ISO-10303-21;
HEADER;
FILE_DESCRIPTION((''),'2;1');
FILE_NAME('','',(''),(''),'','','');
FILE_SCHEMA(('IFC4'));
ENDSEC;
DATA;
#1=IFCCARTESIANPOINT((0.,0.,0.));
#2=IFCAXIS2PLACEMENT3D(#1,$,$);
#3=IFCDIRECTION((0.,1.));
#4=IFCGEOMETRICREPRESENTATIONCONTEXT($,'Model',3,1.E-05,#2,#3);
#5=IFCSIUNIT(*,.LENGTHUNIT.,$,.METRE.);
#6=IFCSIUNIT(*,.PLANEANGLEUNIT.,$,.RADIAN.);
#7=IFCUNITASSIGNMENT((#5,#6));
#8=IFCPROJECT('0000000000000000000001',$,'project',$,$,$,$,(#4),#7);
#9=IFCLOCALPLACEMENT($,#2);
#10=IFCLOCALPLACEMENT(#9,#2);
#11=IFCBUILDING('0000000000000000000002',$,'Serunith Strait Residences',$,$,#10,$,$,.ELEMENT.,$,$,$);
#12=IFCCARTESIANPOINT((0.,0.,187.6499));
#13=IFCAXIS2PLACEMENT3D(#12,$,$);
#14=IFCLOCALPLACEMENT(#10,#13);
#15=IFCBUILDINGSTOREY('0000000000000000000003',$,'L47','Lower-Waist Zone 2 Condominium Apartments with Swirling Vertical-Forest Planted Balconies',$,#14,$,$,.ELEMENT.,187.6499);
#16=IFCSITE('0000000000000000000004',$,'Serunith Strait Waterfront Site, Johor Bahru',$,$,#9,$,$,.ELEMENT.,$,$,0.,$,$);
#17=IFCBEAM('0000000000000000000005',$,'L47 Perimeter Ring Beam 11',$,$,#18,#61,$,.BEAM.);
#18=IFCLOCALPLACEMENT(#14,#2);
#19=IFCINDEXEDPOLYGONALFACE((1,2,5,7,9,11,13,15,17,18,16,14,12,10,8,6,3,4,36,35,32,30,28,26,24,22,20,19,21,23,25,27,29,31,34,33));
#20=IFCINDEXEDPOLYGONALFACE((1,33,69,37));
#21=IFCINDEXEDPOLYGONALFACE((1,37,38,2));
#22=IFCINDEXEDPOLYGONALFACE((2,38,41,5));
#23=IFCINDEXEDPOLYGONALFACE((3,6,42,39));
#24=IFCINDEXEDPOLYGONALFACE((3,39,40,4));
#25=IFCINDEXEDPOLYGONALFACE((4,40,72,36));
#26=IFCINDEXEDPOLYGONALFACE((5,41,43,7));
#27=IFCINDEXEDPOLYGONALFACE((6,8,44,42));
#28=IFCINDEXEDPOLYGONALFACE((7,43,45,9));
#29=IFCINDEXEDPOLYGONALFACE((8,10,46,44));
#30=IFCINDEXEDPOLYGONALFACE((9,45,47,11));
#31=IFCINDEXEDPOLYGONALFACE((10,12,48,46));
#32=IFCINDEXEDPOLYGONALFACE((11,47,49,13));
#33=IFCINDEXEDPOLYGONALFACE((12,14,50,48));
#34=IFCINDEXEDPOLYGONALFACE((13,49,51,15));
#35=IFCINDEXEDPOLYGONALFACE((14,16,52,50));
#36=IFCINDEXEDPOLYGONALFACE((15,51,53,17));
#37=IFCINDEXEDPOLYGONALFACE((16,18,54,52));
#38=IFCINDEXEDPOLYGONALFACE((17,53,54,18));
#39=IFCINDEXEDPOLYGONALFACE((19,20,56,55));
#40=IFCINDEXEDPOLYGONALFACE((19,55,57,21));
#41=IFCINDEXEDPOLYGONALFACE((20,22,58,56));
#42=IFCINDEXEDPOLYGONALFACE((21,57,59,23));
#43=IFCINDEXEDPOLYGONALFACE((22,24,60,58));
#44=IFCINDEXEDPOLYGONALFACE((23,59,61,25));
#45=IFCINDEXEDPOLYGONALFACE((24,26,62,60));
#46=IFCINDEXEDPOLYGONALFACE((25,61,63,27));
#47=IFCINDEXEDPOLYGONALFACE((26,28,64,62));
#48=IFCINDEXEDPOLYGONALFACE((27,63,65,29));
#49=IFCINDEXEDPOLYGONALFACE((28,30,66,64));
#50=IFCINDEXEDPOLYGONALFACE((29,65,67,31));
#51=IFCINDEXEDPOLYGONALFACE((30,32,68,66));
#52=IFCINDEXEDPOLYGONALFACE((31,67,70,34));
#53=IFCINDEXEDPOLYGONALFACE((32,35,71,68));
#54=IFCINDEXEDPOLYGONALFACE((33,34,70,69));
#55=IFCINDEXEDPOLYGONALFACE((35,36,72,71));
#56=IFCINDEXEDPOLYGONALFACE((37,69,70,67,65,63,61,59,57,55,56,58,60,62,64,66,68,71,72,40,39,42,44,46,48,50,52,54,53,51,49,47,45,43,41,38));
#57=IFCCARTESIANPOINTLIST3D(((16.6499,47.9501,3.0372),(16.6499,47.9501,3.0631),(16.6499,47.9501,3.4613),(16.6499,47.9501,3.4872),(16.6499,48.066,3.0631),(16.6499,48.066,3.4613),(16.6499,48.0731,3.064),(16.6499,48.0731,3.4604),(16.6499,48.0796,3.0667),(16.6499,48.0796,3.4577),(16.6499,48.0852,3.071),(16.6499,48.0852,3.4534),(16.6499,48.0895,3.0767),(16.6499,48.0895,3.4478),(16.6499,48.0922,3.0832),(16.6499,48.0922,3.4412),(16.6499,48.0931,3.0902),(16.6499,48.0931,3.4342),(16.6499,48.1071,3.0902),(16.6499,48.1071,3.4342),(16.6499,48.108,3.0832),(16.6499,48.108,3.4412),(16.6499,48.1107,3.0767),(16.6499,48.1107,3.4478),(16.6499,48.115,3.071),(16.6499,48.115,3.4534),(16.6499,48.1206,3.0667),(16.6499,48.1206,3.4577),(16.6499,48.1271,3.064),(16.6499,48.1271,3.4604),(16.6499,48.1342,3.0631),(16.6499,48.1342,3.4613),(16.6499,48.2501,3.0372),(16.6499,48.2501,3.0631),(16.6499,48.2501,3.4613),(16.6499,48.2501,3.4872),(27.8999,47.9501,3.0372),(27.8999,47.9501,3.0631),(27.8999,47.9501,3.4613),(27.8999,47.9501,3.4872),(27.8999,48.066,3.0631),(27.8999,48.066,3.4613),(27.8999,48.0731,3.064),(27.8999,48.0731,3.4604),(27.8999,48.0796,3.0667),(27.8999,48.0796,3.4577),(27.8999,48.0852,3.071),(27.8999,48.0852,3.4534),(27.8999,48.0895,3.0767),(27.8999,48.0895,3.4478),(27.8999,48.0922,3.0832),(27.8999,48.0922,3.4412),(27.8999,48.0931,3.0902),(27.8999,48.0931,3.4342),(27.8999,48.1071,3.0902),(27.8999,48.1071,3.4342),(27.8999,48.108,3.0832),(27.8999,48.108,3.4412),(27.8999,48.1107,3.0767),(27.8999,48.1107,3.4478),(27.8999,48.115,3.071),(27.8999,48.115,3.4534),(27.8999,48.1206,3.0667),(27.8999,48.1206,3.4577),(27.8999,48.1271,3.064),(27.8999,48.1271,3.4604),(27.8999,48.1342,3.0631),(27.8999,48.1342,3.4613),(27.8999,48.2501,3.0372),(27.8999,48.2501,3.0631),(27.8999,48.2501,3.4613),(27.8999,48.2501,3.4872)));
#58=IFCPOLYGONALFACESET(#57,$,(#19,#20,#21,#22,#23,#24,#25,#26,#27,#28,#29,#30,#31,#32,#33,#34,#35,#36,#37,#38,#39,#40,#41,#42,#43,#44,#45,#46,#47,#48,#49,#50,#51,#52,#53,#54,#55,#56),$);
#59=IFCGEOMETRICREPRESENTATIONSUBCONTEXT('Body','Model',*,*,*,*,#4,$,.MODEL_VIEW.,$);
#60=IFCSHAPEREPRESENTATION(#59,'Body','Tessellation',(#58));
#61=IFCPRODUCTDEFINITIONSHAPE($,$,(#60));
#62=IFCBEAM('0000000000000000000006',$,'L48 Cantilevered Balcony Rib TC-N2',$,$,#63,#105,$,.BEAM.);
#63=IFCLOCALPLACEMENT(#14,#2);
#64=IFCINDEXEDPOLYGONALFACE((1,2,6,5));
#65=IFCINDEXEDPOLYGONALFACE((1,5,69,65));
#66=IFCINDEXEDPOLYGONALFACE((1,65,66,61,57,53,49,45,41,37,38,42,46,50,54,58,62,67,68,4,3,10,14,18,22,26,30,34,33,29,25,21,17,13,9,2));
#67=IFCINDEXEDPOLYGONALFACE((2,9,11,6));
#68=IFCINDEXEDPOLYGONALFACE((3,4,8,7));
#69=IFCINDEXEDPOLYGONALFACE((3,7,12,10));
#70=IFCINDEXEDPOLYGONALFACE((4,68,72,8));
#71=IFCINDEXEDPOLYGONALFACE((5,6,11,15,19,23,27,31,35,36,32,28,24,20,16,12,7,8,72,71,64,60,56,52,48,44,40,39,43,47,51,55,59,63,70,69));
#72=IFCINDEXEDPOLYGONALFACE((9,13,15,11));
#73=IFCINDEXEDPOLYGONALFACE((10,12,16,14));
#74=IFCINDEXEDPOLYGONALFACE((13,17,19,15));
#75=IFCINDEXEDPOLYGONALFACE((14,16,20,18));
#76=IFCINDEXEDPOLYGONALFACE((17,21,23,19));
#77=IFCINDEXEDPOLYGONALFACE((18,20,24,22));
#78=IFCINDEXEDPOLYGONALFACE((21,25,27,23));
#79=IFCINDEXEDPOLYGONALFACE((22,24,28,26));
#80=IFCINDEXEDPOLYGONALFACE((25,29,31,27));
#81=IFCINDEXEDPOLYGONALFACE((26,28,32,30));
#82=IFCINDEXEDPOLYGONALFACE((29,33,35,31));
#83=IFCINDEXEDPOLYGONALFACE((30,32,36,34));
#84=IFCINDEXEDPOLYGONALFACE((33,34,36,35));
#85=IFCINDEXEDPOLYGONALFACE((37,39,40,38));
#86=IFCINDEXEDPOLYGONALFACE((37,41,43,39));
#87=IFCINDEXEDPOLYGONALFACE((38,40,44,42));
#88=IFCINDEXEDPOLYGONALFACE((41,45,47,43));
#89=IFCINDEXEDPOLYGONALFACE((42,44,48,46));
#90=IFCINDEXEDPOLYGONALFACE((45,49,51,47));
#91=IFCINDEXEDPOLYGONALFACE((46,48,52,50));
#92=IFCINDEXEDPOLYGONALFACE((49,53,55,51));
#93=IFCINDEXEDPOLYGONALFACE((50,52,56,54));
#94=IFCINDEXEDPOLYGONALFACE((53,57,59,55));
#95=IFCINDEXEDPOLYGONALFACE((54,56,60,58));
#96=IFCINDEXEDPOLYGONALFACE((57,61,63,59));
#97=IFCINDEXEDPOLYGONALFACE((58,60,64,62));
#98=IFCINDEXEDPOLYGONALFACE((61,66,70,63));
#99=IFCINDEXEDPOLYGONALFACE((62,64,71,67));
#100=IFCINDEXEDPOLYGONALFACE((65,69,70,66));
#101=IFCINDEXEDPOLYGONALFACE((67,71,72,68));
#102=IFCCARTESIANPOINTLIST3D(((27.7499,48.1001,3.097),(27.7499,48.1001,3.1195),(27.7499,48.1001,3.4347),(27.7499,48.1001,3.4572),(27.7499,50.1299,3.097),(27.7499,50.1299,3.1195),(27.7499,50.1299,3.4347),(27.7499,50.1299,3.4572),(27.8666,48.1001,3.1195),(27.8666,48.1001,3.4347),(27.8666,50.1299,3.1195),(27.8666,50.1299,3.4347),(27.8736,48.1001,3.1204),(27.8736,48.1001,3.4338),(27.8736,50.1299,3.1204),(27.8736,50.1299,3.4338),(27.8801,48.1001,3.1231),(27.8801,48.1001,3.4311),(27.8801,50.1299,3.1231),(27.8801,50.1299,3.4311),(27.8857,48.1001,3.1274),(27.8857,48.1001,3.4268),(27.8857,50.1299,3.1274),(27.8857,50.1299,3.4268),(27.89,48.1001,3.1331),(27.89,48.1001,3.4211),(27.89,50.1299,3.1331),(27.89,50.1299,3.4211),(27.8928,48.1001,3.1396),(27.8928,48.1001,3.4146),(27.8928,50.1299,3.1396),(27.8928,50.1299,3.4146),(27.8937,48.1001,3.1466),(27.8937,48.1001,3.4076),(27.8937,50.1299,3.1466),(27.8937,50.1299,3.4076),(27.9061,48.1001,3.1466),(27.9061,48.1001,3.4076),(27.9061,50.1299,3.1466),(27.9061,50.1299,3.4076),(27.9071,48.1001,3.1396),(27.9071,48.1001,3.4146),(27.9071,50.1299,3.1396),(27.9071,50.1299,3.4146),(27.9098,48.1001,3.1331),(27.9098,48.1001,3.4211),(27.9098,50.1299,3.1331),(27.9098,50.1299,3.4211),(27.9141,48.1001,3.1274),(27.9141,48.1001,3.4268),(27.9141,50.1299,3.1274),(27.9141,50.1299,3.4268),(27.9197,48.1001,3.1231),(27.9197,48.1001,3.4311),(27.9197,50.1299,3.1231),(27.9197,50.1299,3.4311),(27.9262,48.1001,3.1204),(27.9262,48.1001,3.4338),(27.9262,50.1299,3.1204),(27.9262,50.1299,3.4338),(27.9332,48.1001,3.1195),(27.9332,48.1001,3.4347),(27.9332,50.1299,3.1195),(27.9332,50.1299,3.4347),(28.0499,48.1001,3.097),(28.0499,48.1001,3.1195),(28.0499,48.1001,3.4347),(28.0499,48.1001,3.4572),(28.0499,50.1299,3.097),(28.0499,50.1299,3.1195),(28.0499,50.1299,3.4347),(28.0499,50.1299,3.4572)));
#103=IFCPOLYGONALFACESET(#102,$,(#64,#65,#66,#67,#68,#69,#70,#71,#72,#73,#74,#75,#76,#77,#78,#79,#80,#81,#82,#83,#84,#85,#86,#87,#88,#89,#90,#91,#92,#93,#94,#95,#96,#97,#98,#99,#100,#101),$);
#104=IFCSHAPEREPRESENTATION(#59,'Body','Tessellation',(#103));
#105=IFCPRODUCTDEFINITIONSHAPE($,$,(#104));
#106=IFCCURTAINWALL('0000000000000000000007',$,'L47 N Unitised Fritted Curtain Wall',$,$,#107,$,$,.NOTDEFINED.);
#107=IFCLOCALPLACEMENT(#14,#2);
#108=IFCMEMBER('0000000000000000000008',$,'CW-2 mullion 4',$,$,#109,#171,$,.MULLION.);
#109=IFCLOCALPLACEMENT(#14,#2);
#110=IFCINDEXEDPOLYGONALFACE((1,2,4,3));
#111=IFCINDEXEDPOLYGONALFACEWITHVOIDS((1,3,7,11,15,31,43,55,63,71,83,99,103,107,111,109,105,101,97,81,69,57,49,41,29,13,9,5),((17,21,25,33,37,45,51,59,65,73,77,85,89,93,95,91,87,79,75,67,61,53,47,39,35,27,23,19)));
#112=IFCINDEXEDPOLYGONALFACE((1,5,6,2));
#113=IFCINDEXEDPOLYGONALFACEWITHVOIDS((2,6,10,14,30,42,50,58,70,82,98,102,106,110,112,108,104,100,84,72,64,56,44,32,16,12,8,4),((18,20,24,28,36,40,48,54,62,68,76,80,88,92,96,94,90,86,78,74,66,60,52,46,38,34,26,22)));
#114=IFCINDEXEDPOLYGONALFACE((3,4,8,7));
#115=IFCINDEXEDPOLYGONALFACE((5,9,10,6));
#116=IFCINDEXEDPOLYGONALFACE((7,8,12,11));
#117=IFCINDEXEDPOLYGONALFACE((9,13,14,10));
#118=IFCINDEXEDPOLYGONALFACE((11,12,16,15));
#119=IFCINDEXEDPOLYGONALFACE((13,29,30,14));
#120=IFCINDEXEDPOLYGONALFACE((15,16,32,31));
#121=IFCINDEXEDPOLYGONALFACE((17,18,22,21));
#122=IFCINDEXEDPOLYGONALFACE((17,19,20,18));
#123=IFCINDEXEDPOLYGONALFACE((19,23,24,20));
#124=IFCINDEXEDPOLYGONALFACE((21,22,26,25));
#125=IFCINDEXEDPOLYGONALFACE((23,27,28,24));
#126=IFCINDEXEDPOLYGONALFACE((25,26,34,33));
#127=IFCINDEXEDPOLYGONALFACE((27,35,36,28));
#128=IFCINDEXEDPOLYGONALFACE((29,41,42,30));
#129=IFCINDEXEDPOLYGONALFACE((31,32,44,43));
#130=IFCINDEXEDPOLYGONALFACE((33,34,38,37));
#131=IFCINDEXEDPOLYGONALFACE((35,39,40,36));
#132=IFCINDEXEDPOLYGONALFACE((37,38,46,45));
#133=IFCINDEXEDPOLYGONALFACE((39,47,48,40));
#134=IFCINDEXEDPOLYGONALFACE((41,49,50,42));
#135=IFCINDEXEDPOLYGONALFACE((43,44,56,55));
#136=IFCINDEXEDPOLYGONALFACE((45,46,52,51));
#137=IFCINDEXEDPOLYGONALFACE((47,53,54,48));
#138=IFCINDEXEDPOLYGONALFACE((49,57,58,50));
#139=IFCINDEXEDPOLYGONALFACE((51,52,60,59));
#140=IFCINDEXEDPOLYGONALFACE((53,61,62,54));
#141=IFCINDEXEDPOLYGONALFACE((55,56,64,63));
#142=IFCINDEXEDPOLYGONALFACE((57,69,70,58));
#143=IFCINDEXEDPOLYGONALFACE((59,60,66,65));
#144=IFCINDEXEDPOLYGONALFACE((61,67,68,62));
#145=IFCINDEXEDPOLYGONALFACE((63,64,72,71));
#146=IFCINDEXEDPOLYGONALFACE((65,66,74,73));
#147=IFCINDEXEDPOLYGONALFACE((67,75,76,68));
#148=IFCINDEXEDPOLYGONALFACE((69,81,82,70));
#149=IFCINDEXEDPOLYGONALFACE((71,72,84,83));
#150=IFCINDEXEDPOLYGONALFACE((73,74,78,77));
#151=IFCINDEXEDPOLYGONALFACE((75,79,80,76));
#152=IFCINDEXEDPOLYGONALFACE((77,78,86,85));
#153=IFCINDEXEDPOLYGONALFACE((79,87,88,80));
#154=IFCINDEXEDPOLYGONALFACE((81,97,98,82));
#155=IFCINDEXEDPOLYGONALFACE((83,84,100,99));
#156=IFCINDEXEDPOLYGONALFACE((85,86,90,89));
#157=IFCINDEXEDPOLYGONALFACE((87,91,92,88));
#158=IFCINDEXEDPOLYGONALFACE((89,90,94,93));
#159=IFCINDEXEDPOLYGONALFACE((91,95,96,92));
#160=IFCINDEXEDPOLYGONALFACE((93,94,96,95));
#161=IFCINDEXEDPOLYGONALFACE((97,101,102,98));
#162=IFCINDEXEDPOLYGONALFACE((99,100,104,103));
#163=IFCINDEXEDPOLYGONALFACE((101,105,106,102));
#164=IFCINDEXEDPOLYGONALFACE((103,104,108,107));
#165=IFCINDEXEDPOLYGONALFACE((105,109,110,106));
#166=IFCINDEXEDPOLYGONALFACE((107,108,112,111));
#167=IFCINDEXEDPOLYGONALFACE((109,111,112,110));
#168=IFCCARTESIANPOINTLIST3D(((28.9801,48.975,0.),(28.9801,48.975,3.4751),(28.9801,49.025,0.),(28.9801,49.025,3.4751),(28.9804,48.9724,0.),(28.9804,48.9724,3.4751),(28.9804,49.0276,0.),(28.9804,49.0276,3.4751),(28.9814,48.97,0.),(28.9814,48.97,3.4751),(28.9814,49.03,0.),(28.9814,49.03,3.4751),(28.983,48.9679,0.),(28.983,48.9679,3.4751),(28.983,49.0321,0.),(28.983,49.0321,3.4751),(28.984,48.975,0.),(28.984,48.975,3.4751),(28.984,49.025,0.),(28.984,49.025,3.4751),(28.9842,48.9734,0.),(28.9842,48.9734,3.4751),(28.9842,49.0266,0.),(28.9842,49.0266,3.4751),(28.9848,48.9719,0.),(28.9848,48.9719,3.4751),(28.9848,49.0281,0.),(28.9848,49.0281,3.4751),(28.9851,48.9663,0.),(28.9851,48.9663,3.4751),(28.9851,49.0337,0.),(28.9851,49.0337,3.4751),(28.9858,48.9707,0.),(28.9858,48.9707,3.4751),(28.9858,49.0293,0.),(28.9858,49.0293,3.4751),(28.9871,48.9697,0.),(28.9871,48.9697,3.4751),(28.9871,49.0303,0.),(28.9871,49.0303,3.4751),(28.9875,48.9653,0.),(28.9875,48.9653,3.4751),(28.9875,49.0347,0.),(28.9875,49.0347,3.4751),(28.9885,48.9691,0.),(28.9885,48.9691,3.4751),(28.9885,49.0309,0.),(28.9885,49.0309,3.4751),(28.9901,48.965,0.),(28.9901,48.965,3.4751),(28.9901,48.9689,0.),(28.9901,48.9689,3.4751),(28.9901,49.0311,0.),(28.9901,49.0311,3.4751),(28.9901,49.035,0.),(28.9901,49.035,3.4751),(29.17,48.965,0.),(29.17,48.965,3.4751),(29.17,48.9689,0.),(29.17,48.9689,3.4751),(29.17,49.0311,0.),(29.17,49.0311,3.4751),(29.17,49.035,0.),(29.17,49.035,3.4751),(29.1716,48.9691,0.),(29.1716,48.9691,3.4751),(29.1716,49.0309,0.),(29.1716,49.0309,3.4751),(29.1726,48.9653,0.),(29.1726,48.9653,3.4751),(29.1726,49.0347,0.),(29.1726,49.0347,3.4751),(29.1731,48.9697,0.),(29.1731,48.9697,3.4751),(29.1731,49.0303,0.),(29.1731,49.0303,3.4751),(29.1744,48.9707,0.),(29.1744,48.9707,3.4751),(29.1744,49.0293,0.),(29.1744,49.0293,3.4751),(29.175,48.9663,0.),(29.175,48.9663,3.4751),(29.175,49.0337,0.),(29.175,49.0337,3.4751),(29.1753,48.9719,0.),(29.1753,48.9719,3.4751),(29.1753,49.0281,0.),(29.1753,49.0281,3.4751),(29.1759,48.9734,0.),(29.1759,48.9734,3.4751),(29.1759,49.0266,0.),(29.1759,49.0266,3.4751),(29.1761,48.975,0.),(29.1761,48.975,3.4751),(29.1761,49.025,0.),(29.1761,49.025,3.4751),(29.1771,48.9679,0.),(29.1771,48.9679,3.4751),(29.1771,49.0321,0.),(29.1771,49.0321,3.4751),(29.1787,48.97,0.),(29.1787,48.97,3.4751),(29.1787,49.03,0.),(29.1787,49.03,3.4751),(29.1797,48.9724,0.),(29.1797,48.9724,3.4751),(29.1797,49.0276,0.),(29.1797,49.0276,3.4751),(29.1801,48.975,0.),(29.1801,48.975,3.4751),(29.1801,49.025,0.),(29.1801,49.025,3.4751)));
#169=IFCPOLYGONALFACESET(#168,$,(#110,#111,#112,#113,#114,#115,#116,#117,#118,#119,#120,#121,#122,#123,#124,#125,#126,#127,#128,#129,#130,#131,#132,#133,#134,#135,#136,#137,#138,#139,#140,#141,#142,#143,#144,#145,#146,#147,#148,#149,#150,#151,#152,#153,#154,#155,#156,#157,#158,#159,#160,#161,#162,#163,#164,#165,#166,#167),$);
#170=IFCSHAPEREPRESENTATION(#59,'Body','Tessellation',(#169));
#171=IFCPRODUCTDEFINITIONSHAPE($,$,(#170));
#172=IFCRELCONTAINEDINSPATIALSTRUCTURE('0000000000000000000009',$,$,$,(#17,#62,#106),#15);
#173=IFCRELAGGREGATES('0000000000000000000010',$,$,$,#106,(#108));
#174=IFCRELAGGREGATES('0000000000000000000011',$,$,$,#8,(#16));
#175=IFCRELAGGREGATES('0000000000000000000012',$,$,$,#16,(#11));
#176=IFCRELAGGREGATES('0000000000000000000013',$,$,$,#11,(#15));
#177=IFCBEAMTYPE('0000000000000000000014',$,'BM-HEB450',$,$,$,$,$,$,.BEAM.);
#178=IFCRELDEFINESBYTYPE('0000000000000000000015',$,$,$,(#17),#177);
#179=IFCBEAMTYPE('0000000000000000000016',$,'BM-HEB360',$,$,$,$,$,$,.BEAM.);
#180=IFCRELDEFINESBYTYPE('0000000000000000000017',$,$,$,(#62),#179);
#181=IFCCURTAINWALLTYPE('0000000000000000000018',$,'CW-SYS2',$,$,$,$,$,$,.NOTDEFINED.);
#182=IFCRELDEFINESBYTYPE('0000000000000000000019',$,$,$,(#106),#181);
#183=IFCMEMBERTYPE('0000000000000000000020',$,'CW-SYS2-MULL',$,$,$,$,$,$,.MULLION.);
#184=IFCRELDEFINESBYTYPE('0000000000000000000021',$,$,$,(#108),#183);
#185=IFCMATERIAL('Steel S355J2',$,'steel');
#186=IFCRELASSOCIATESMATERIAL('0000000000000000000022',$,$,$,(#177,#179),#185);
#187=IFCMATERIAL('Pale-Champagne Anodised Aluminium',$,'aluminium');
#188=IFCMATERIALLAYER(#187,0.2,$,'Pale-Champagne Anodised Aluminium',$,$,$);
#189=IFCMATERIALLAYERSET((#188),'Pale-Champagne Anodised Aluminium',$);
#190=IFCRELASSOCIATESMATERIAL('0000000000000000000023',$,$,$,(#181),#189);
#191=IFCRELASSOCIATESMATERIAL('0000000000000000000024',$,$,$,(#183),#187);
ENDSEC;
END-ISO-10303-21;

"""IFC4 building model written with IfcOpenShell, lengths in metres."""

from ifc_helpers import new_model, si_unit, direction, frame, origin, origin_2d, place, context, subcontext, project, spatial, hollow_rectangle, i_section, extrude, source, transform, mapped, material, layer, layer_set, material_profile, profile_set, type_object, element, aggregate, save


model = new_model("IFC4")

# Units and contexts
model_context = context("Model", 3, precision=1e-05, world=origin(), true_north=direction((0.0, 1.0)))
body_context = subcontext(model_context, "Body", "Model", "MODEL_VIEW")
ifc_project = project(units=[si_unit("LENGTHUNIT", "METRE"), si_unit("PLANEANGLEUNIT", "RADIAN")], contexts=[model_context])

# Site, building, storey
site_placement = place(None, origin())
site = spatial("IfcSite", under=ifc_project, at=site_placement, Name="Serunith Strait Waterfront Site, Johor Bahru", CompositionType="ELEMENT", RefElevation=0.0)
building_placement = place(site_placement, origin())
building = spatial("IfcBuilding", under=site, at=building_placement, Name="Serunith Strait Residences", CompositionType="ELEMENT")
storey_placement = place(building_placement, frame((0.0, 0.0, 187.6499)))
storey = spatial("IfcBuildingStorey", under=building, at=storey_placement, Name="L47", Description="Lower-Waist Zone 2 Condominium Apartments with Swirling Vertical-Forest Planted Balconies", CompositionType="ELEMENT", Elevation=187.6499)

# Beams
ifc_material_1 = material(Name="Steel S355J2", Category="steel")
ifc_material_profile_1 = material_profile(ifc_material_1, i_section(OverallWidth=0.3, OverallDepth=0.45, WebThickness=0.0139, FlangeThickness=0.0259, FilletRadius=0.0271, at=origin_2d()), Name="HEB 450")
ifc_profile_set_1 = profile_set([ifc_material_profile_1], Name="Steel S355J2")
beam_type_1 = type_object("IfcBeamType", Name="BM-HEB450", PredefinedType="BEAM", material=ifc_profile_set_1)
shared_shape_1 = source(origin(), body_context, "Body", "SweptSolid", [
    extrude(i_section(OverallWidth=0.3, OverallDepth=0.45, WebThickness=0.0139, FlangeThickness=0.0259, FilletRadius=0.0271, at=origin_2d()), origin(), (0.0, 0.0, 1.0), 11.25),
])
beam_1_placement = place(storey_placement, frame((27.8999, 48.1001, 3.2622), z_axis=(-1.0, 0.0, 0.0), x_axis=(0.0, -1.0, 0.0)))
element("IfcBeam", 1, at=beam_1_placement, inside=storey, type_object=beam_type_1, Name="L47 Perimeter Ring Beam 11", PredefinedType="BEAM", context=body_context, shape_type="MappedRepresentation", body=[
    mapped(shared_shape_1, transform((0.0, 0.0, 0.0), scale=1.0)),
])
ifc_material_profile_2 = material_profile(ifc_material_1, i_section(OverallWidth=0.3, OverallDepth=0.3601, WebThickness=0.0125, FlangeThickness=0.0225, FilletRadius=0.0271, at=origin_2d()), Name="HEB 360")
ifc_profile_set_2 = profile_set([ifc_material_profile_2], Name="Steel S355J2")
beam_type_2 = type_object("IfcBeamType", Name="BM-HEB360", PredefinedType="BEAM", material=ifc_profile_set_2)
shared_shape_2 = source(origin(), body_context, "Body", "SweptSolid", [
    extrude(i_section(OverallWidth=0.3, OverallDepth=0.3601, WebThickness=0.0125, FlangeThickness=0.0225, FilletRadius=0.0271, at=origin_2d()), origin(), (0.0, 0.0, 1.0), 2.0298),
])
beam_2_placement = place(storey_placement, frame((27.8999, 48.1001, 3.2771), z_axis=(0.0, 1.0, 0.0), x_axis=(-1.0, 0.0, 0.0)))
element("IfcBeam", 2, at=beam_2_placement, inside=storey, type_object=beam_type_2, Name="L48 Cantilevered Balcony Rib TC-N2", PredefinedType="BEAM", context=body_context, shape_type="MappedRepresentation", body=[
    mapped(shared_shape_2, transform((0.0, 0.0, 0.0), scale=1.0)),
])

# Curtain wall, member
ifc_material_2 = material(Name="Pale-Champagne Anodised Aluminium", Category="aluminium")
ifc_layer_1 = layer(ifc_material_2, 0.2, Name="Pale-Champagne Anodised Aluminium")
ifc_layer_set_1 = layer_set([ifc_layer_1], Name="Pale-Champagne Anodised Aluminium")
curtain_wall_type = type_object("IfcCurtainWallType", Name="CW-SYS2", PredefinedType="NOTDEFINED", material=ifc_layer_set_1)
curtain_wall_placement = place(storey_placement, origin())
curtain_wall = element("IfcCurtainWall", 3, at=curtain_wall_placement, inside=storey, type_object=curtain_wall_type, Name="L47 N Unitised Fritted Curtain Wall", PredefinedType="NOTDEFINED")
ifc_material_profile_3 = material_profile(ifc_material_2, hollow_rectangle(XDim=0.0701, YDim=0.2, WallThickness=0.0039, InnerFilletRadius=0.0061, OuterFilletRadius=0.01, at=origin_2d()), Name="ALU 200x70x4")
ifc_profile_set_3 = profile_set([ifc_material_profile_3], Name="Pale-Champagne Anodised Aluminium")
member_type_1 = type_object("IfcMemberType", Name="CW-SYS2-MULL", PredefinedType="MULLION", material=ifc_profile_set_3)
shared_shape_3 = source(origin(), body_context, "Body", "SweptSolid", [
    extrude(hollow_rectangle(XDim=0.0701, YDim=0.2, WallThickness=0.0039, InnerFilletRadius=0.0061, OuterFilletRadius=0.01, at=origin_2d()), origin(), (0.0, 0.0, 1.0), 3.4751),
])
member_1_placement = place(storey_placement, frame((29.0801, 49.0, 0.0), z_axis=(0.0, 0.0, 1.0), x_axis=(0.0, -1.0, 0.0)))
member_1 = element("IfcMember", 4, at=member_1_placement, type_object=member_type_1, Name="CW-2 mullion 4", PredefinedType="MULLION", context=body_context, shape_type="MappedRepresentation", body=[
    mapped(shared_shape_3, transform((0.0, 0.0, 0.0), scale=1.0)),
])
aggregate(curtain_wall, [member_1])

save(model, "model.ifc")
